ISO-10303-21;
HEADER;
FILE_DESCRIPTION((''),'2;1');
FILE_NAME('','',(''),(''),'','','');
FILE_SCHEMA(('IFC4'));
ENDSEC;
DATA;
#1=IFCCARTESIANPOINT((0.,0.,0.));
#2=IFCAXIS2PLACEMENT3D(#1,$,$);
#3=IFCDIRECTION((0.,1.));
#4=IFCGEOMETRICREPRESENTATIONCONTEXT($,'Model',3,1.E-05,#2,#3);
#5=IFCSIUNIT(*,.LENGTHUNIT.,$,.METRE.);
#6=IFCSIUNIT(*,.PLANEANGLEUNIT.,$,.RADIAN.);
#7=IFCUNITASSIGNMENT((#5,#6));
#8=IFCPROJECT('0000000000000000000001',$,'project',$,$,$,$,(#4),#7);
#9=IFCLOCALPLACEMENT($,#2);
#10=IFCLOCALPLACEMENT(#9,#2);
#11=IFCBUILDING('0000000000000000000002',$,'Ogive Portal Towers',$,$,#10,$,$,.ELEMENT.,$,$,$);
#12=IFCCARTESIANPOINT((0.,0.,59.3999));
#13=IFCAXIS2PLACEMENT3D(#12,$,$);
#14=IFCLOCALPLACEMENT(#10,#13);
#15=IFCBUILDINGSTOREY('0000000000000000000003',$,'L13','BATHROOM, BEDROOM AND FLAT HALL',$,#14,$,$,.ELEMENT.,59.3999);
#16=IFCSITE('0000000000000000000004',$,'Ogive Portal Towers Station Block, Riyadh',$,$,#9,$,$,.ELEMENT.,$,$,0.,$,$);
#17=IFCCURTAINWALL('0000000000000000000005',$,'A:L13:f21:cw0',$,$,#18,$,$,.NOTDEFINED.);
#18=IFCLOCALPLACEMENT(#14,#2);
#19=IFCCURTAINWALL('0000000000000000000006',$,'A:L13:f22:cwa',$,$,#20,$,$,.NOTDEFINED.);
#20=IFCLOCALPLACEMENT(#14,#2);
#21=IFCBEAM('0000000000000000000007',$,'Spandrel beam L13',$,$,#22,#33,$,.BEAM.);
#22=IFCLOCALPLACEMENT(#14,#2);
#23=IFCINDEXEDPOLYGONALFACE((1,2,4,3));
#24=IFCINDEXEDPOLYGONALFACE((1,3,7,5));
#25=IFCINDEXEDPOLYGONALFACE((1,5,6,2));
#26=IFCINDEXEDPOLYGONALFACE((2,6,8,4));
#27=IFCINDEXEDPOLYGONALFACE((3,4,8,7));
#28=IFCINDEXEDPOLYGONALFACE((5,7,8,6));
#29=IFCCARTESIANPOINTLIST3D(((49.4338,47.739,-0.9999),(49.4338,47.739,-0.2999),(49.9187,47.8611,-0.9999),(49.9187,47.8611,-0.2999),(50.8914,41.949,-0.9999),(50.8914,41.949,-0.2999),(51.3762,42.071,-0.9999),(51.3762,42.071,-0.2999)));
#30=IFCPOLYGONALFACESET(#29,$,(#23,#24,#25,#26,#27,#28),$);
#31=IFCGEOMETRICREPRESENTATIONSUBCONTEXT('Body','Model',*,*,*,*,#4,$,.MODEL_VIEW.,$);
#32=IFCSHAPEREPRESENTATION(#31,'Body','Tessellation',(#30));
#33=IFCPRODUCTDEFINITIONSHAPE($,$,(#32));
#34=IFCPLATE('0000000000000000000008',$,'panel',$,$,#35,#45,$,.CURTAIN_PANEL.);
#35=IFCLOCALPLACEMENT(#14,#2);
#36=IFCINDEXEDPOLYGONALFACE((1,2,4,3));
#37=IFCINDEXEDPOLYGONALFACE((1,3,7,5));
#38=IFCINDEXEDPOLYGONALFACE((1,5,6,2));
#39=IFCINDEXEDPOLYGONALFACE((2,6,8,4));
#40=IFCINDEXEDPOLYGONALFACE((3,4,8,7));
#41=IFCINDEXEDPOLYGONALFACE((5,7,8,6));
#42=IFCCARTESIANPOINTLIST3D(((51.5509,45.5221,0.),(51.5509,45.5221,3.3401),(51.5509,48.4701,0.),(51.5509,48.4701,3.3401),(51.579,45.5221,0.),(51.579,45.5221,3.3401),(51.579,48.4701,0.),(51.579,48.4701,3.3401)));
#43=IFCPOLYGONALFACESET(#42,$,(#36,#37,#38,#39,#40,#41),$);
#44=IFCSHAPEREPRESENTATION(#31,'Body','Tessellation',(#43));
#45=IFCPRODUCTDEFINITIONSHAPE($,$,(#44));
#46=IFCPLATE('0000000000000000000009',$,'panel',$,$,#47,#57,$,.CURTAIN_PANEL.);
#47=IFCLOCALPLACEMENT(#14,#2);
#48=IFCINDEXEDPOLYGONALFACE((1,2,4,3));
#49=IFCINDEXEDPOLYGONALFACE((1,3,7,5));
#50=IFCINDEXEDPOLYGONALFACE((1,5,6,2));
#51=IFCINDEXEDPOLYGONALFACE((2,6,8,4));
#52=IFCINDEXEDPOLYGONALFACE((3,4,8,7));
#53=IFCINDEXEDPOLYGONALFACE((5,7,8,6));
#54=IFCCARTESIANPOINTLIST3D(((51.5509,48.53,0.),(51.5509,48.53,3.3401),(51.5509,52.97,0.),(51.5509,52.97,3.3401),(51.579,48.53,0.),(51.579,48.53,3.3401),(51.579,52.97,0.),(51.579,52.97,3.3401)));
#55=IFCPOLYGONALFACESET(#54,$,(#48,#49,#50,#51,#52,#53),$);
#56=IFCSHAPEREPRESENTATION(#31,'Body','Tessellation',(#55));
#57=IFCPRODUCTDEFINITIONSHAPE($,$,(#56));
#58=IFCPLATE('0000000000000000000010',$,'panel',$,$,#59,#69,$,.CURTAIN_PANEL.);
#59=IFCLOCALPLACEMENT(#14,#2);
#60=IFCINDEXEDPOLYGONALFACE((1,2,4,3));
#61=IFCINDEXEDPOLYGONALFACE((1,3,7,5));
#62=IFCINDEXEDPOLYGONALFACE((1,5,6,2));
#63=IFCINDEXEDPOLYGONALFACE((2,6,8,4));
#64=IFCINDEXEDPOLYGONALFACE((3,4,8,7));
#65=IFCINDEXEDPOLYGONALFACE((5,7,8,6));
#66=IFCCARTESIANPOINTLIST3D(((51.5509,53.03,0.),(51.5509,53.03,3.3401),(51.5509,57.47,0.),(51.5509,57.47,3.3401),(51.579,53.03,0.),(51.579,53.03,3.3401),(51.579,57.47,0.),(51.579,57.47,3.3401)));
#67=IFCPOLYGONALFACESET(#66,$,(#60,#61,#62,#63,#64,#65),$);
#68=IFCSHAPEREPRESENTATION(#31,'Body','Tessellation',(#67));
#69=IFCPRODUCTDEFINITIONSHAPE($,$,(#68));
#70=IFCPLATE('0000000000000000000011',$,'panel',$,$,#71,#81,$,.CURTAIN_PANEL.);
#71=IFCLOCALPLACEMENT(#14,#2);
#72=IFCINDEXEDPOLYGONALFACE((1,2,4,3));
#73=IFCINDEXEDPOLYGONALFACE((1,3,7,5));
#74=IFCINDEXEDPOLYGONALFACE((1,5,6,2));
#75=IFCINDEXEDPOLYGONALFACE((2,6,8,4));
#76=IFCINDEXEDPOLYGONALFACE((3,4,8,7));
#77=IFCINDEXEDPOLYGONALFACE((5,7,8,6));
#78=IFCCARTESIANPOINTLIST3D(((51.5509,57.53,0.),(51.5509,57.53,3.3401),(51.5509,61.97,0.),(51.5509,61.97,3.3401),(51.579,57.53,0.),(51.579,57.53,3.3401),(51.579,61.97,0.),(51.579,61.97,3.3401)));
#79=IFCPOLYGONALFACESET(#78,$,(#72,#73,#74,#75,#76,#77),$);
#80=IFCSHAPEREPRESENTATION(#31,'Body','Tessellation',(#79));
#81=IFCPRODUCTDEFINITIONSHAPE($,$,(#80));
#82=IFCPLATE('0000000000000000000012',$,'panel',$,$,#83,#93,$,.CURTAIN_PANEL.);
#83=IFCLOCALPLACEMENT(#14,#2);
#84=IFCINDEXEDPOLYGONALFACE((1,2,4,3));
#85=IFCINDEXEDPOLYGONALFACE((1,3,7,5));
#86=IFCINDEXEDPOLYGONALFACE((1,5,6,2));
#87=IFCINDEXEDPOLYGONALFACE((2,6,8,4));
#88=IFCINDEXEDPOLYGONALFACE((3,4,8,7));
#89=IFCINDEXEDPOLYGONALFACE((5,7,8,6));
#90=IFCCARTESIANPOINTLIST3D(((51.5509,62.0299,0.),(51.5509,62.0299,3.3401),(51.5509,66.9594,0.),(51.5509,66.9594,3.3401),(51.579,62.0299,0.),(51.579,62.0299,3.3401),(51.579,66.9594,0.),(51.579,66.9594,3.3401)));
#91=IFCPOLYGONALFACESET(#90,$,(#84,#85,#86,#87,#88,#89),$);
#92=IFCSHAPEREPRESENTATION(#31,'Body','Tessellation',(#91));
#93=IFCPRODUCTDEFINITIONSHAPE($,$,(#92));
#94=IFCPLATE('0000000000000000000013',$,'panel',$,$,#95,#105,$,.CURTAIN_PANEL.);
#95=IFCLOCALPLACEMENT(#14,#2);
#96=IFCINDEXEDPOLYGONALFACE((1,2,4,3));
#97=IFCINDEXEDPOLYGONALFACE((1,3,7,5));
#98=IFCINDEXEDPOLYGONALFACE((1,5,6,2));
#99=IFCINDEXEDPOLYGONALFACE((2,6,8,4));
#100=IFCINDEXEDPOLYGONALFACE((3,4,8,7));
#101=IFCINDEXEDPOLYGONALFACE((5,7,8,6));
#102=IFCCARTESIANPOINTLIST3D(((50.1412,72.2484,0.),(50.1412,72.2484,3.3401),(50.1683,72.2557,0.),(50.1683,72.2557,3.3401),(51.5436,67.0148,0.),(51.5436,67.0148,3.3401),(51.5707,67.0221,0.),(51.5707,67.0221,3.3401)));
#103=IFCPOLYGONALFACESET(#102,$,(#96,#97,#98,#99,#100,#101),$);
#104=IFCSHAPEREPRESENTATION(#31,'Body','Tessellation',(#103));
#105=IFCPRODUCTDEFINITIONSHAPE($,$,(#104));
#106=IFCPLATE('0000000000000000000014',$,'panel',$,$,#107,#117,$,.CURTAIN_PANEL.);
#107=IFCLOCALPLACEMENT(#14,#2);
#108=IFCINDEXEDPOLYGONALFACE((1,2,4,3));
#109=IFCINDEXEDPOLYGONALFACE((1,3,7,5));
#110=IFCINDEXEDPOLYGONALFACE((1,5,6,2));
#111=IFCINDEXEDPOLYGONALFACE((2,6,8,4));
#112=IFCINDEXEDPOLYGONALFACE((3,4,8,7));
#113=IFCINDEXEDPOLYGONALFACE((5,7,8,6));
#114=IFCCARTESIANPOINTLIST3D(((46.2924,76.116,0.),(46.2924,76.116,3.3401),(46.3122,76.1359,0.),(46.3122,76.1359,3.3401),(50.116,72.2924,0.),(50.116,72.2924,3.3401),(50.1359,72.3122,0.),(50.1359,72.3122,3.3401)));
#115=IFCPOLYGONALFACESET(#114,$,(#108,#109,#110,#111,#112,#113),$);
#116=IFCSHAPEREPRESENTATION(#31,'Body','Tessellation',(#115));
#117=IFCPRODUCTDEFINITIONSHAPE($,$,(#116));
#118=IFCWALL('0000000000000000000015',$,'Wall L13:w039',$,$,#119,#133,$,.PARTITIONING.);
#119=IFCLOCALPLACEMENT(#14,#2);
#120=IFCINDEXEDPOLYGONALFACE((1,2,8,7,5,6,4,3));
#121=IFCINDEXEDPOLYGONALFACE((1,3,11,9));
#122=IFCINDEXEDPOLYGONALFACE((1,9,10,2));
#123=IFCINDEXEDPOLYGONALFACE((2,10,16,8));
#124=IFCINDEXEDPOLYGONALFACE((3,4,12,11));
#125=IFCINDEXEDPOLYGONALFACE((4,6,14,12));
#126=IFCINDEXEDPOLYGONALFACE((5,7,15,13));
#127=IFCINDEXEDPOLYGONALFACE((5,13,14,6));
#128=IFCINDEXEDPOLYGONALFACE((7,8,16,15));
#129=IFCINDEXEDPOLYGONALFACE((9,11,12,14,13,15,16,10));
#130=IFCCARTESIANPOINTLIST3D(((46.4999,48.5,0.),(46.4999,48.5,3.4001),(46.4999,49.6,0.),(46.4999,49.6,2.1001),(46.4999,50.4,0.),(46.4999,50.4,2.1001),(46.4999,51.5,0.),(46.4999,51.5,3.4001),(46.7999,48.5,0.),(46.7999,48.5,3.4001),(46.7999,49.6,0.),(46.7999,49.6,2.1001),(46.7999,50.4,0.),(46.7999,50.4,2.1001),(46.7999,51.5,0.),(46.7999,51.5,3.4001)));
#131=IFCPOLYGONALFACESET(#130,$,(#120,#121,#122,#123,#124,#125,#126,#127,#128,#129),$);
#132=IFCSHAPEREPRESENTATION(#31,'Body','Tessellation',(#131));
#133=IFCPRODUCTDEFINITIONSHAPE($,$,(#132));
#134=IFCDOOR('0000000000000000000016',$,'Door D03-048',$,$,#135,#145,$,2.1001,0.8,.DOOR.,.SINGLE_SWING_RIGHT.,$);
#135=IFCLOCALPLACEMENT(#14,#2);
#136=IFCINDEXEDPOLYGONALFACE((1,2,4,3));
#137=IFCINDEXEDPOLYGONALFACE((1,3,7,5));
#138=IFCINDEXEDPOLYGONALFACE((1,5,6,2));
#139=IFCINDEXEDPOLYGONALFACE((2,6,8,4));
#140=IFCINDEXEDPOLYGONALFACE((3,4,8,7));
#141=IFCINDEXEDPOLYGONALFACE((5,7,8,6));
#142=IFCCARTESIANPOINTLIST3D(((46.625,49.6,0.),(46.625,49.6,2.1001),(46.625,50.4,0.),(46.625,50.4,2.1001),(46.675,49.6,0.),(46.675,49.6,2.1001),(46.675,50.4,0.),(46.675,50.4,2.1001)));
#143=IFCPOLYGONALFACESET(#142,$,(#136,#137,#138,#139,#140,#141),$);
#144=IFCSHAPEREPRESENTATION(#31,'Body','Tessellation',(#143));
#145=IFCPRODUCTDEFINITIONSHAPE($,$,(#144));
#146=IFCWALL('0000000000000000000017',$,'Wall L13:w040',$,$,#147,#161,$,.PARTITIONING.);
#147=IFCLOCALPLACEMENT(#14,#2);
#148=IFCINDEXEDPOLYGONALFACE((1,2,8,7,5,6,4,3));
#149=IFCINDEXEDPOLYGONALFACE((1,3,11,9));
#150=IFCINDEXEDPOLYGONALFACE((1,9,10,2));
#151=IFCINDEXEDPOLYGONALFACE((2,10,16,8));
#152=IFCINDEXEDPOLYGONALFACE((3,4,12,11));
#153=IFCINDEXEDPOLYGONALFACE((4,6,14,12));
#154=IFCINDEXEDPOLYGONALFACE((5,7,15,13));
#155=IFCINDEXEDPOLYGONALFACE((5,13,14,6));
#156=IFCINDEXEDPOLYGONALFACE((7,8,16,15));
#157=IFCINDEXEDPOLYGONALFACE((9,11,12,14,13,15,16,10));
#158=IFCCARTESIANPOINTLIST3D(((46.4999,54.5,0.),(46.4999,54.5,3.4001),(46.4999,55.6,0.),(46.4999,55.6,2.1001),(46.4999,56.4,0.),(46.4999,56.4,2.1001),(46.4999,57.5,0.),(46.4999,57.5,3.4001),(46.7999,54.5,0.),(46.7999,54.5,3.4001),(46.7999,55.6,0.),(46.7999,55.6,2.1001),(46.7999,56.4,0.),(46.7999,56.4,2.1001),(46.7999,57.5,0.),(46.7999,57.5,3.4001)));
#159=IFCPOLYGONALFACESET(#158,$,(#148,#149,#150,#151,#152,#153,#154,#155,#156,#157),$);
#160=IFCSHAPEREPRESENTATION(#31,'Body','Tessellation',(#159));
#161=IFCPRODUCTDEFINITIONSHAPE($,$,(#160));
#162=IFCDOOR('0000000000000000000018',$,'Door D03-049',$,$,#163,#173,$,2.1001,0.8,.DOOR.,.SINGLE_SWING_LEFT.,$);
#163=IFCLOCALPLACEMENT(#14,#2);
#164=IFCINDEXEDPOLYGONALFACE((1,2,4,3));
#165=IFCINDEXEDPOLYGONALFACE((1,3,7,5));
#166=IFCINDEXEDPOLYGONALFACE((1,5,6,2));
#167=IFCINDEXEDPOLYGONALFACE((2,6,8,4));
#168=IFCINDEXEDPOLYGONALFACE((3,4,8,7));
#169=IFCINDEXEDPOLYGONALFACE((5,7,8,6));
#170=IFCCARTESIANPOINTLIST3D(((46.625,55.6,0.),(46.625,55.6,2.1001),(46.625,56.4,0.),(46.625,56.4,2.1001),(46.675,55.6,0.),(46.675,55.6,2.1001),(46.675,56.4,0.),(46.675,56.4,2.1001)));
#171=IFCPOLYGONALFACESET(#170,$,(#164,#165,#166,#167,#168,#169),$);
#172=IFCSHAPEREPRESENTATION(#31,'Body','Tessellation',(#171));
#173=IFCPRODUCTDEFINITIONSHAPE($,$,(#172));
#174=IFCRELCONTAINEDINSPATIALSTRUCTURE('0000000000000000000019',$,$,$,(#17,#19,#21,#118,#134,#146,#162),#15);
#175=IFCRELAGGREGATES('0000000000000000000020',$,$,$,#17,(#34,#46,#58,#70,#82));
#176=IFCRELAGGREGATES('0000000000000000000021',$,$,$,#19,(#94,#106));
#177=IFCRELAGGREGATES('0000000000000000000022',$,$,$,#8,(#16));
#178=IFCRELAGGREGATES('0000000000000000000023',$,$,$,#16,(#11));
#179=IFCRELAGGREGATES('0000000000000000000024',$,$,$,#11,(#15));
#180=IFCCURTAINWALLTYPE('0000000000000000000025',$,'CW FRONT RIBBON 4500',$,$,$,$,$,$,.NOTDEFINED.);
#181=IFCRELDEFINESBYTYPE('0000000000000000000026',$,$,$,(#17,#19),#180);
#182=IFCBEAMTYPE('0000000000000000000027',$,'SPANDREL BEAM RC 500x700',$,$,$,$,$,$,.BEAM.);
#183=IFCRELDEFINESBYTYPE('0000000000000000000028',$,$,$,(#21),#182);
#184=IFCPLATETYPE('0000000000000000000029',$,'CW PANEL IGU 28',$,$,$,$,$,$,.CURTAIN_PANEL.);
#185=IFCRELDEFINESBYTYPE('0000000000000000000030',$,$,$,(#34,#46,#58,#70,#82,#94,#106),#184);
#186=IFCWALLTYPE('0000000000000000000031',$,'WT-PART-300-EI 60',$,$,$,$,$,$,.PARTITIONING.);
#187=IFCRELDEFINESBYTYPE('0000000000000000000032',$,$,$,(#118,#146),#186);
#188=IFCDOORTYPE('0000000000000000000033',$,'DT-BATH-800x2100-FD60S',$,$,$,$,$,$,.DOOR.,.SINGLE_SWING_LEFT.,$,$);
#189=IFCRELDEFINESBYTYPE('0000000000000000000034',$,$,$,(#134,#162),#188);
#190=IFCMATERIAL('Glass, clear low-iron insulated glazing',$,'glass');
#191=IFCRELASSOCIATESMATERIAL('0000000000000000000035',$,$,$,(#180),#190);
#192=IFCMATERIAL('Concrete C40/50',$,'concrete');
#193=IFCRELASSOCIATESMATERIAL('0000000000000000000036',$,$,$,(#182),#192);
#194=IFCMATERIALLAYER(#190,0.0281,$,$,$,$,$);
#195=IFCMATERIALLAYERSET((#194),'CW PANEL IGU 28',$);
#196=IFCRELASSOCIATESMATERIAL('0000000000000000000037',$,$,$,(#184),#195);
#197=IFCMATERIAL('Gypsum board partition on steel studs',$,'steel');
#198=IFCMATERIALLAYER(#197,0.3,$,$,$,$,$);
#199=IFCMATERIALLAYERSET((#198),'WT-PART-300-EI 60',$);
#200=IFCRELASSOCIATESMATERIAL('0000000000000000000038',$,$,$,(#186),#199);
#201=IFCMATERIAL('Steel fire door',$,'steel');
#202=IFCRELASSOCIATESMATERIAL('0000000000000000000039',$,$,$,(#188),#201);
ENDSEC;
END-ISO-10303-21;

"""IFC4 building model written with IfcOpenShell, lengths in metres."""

from ifc_helpers import new_model, si_unit, direction, frame, frame_2d, origin, origin_2d, place, context, subcontext, project, spatial, rectangle, extrude, material, layer, layer_set, material_profile, profile_set, type_object, element, fill, aggregate, save


model = new_model("IFC4")

# Units and contexts
model_context = context("Model", 3, precision=1e-05, world=origin(), true_north=direction((0.0, 1.0)))
body_context = subcontext(model_context, "Body", "Model", "MODEL_VIEW")
ifc_project = project(units=[si_unit("LENGTHUNIT", "METRE"), si_unit("PLANEANGLEUNIT", "RADIAN")], contexts=[model_context])

# Site, building, storey
site_placement = place(None, origin())
site = spatial("IfcSite", under=ifc_project, at=site_placement, Name="Ogive Portal Towers Station Block, Riyadh", CompositionType="ELEMENT", RefElevation=0.0)
building_placement = place(site_placement, origin())
building = spatial("IfcBuilding", under=site, at=building_placement, Name="Ogive Portal Towers", CompositionType="ELEMENT")
storey_placement = place(building_placement, frame((0.0, 0.0, 59.3999)))
storey = spatial("IfcBuildingStorey", under=building, at=storey_placement, Name="L13", Description="BATHROOM, BEDROOM AND FLAT HALL", CompositionType="ELEMENT", Elevation=59.3999)

# Curtain wall
ifc_material_1 = material(Name="Glass, clear low-iron insulated glazing", Category="glass")
curtain_wall_type = type_object("IfcCurtainWallType", Name="CW FRONT RIBBON 4500", PredefinedType="NOTDEFINED", material=ifc_material_1)
curtain_wall_1_placement = place(storey_placement, origin())
curtain_wall_1 = element("IfcCurtainWall", 1, at=curtain_wall_1_placement, inside=storey, type_object=curtain_wall_type, Name="A:L13:f21:cw0", PredefinedType="NOTDEFINED")

# Curtain wall
curtain_wall_2_placement = place(storey_placement, origin())
curtain_wall_2 = element("IfcCurtainWall", 2, at=curtain_wall_2_placement, inside=storey, type_object=curtain_wall_type, Name="A:L13:f22:cwa", PredefinedType="NOTDEFINED")

# Beam
ifc_material_2 = material(Name="Concrete C40/50", Category="concrete")
ifc_material_profile_1 = material_profile(ifc_material_2, rectangle(XDim=0.5, YDim=0.7, at=origin_2d()), Name="RC 500x700")
ifc_profile_set_1 = profile_set([ifc_material_profile_1], Name="Concrete C40/50")
beam_type = type_object("IfcBeamType", Name="SPANDREL BEAM RC 500x700", PredefinedType="BEAM", material=ifc_profile_set_1)
beam_placement = place(storey_placement, frame((49.6763, 47.8, -0.6499), z_axis=(0.244113, -0.969747, 0.0), x_axis=(0.969747, 0.244113, 0.0)))
element("IfcBeam", 3, at=beam_placement, inside=storey, type_object=beam_type, Name="Spandrel beam L13", PredefinedType="BEAM", context=body_context, shape_type="SweptSolid", body=[
    extrude(rectangle(XDim=0.5, YDim=0.7, at=origin_2d()), origin(), (0.0, 0.0, 1.0), 5.9707),
])

# Plates
ifc_layer_1 = layer(ifc_material_1, 0.0281)
ifc_layer_set_1 = layer_set([ifc_layer_1], Name="CW PANEL IGU 28")
plate_type = type_object("IfcPlateType", Name="CW PANEL IGU 28", PredefinedType="CURTAIN_PANEL", material=ifc_layer_set_1)
plate_1_placement = place(storey_placement, frame((51.5649, 46.9961, 0.0), z_axis=(0.0, 0.0, 1.0), x_axis=(0.0, 1.0, 0.0)))
plate_1 = element("IfcPlate", 4, at=plate_1_placement, type_object=plate_type, Name="panel", PredefinedType="CURTAIN_PANEL", context=body_context, shape_type="SweptSolid", body=[
    extrude(rectangle(XDim=2.948, YDim=0.0281, at=origin_2d()), origin(), (0.0, 0.0, 1.0), 3.3401),
])
plate_2_placement = place(storey_placement, frame((51.5649, 50.75, 0.0), z_axis=(0.0, 0.0, 1.0), x_axis=(0.0, 1.0, 0.0)))
plate_2 = element("IfcPlate", 5, at=plate_2_placement, type_object=plate_type, Name="panel", PredefinedType="CURTAIN_PANEL", context=body_context, shape_type="SweptSolid", body=[
    extrude(rectangle(XDim=4.4399, YDim=0.0281, at=origin_2d()), origin(), (0.0, 0.0, 1.0), 3.3401),
])
plate_3_placement = place(storey_placement, frame((51.5649, 55.25, 0.0), z_axis=(0.0, 0.0, 1.0), x_axis=(0.0, 1.0, 0.0)))
plate_3 = element("IfcPlate", 6, at=plate_3_placement, type_object=plate_type, Name="panel", PredefinedType="CURTAIN_PANEL", context=body_context, shape_type="SweptSolid", body=[
    extrude(rectangle(XDim=4.4399, YDim=0.0281, at=origin_2d()), origin(), (0.0, 0.0, 1.0), 3.3401),
])
plate_4_placement = place(storey_placement, frame((51.5649, 59.75, 0.0), z_axis=(0.0, 0.0, 1.0), x_axis=(0.0, 1.0, 0.0)))
plate_4 = element("IfcPlate", 7, at=plate_4_placement, type_object=plate_type, Name="panel", PredefinedType="CURTAIN_PANEL", context=body_context, shape_type="SweptSolid", body=[
    extrude(rectangle(XDim=4.4399, YDim=0.0281, at=origin_2d()), origin(), (0.0, 0.0, 1.0), 3.3401),
])
plate_5_placement = place(storey_placement, frame((51.5649, 64.4946, 0.0), z_axis=(0.0, 0.0, 1.0), x_axis=(0.0, 1.0, 0.0)))
plate_5 = element("IfcPlate", 8, at=plate_5_placement, type_object=plate_type, Name="panel", PredefinedType="CURTAIN_PANEL", context=body_context, shape_type="SweptSolid", body=[
    extrude(rectangle(XDim=4.9294, YDim=0.0281, at=origin_2d()), origin(), (0.0, 0.0, 1.0), 3.3401),
])
aggregate(curtain_wall_1, [plate_1, plate_2, plate_3, plate_4, plate_5])
plate_6_placement = place(storey_placement, frame((50.856, 69.6353, 0.0), z_axis=(0.0, 0.0, 1.0), x_axis=(-0.258819, 0.965926, 0.0)))
plate_6 = element("IfcPlate", 9, at=plate_6_placement, type_object=plate_type, Name="panel", PredefinedType="CURTAIN_PANEL", context=body_context, shape_type="SweptSolid", body=[
    extrude(rectangle(XDim=5.4182, YDim=0.0281, at=origin_2d()), origin(), (0.0, 0.0, 1.0), 3.3401),
])
plate_7_placement = place(storey_placement, frame((48.2141, 74.2141, 0.0), z_axis=(0.0, 0.0, 1.0), x_axis=(-0.707107, 0.707107, 0.0)))
plate_7 = element("IfcPlate", 10, at=plate_7_placement, type_object=plate_type, Name="panel", PredefinedType="CURTAIN_PANEL", context=body_context, shape_type="SweptSolid", body=[
    extrude(rectangle(XDim=5.4075, YDim=0.0281, at=origin_2d()), origin(), (0.0, 0.0, 1.0), 3.3401),
])
aggregate(curtain_wall_2, [plate_6, plate_7])

# Walls, openings, doors
ifc_material_3 = material(Name="Gypsum board partition on steel studs", Category="steel")
ifc_layer_2 = layer(ifc_material_3, 0.3)
ifc_layer_set_2 = layer_set([ifc_layer_2], Name="WT-PART-300-EI 60")
wall_type = type_object("IfcWallType", Name="WT-PART-300-EI 60", PredefinedType="PARTITIONING", material=ifc_layer_set_2)
wall_1_placement = place(storey_placement, frame((46.6499, 48.5, 0.0), z_axis=(0.0, 0.0, 1.0), x_axis=(0.0, 1.0, 0.0)))
wall_1 = element("IfcWall", 11, at=wall_1_placement, inside=storey, type_object=wall_type, Name="Wall L13:w039", PredefinedType="PARTITIONING", context=body_context, shape_type="SweptSolid", body=[
    extrude(rectangle(XDim=3.0, YDim=0.3, at=frame_2d((1.5, 0.0))), origin(), (0.0, 0.0, 1.0), 3.4001),
])
opening_1_placement = place(wall_1_placement, frame((1.1001, 0.0, 0.0)))
opening_1 = element("IfcOpeningElement", 12, at=opening_1_placement, cuts=wall_1, PredefinedType="OPENING", context=body_context, shape_type="SweptSolid", body=[
    extrude(rectangle(XDim=0.8, YDim=2.1001, at=frame_2d((0.3999, 1.05))), frame((0.0, 0.1602, 0.0), z_axis=(0.0, -1.0, 0.0), x_axis=(1.0, 0.0, 0.0)), (0.0, 0.0, 1.0), 0.3201),
])
ifc_material_4 = material(Name="Steel fire door", Category="steel")
door_type = type_object("IfcDoorType", Name="DT-BATH-800x2100-FD60S", OperationType="SINGLE_SWING_LEFT", PredefinedType="DOOR", material=ifc_material_4)
door_1_placement = place(opening_1_placement, origin())
door_1 = element("IfcDoor", 13, at=door_1_placement, inside=storey, type_object=door_type, Name="Door D03-048", OperationType="SINGLE_SWING_RIGHT", OverallHeight=2.1001, OverallWidth=0.8, PredefinedType="DOOR", context=body_context, shape_type="SweptSolid", body=[
    extrude(rectangle(XDim=0.8, YDim=2.1001, at=frame_2d((0.3999, 1.05))), frame((0.0, 0.0249, 0.0), z_axis=(0.0, -1.0, 0.0), x_axis=(1.0, 0.0, 0.0)), (0.0, 0.0, 1.0), 0.05),
])
fill(opening_1, door_1)
wall_2_placement = place(storey_placement, frame((46.6499, 54.5, 0.0), z_axis=(0.0, 0.0, 1.0), x_axis=(0.0, 1.0, 0.0)))
wall_2 = element("IfcWall", 14, at=wall_2_placement, inside=storey, type_object=wall_type, Name="Wall L13:w040", PredefinedType="PARTITIONING", context=body_context, shape_type="SweptSolid", body=[
    extrude(rectangle(XDim=3.0, YDim=0.3, at=frame_2d((1.5, 0.0))), origin(), (0.0, 0.0, 1.0), 3.4001),
])
opening_2_placement = place(wall_2_placement, frame((1.1001, 0.0, 0.0)))
opening_2 = element("IfcOpeningElement", 15, at=opening_2_placement, cuts=wall_2, PredefinedType="OPENING", context=body_context, shape_type="SweptSolid", body=[
    extrude(rectangle(XDim=0.8, YDim=2.1001, at=frame_2d((0.3999, 1.05))), frame((0.0, 0.1602, 0.0), z_axis=(0.0, -1.0, 0.0), x_axis=(1.0, 0.0, 0.0)), (0.0, 0.0, 1.0), 0.3201),
])
door_2_placement = place(opening_2_placement, origin())
door_2 = element("IfcDoor", 16, at=door_2_placement, inside=storey, type_object=door_type, Name="Door D03-049", OperationType="SINGLE_SWING_LEFT", OverallHeight=2.1001, OverallWidth=0.8, PredefinedType="DOOR", context=body_context, shape_type="SweptSolid", body=[
    extrude(rectangle(XDim=0.8, YDim=2.1001, at=frame_2d((0.3999, 1.05))), frame((0.0, 0.0249, 0.0), z_axis=(0.0, -1.0, 0.0), x_axis=(1.0, 0.0, 0.0)), (0.0, 0.0, 1.0), 0.05),
])
fill(opening_2, door_2)

save(model, "model.ifc")
